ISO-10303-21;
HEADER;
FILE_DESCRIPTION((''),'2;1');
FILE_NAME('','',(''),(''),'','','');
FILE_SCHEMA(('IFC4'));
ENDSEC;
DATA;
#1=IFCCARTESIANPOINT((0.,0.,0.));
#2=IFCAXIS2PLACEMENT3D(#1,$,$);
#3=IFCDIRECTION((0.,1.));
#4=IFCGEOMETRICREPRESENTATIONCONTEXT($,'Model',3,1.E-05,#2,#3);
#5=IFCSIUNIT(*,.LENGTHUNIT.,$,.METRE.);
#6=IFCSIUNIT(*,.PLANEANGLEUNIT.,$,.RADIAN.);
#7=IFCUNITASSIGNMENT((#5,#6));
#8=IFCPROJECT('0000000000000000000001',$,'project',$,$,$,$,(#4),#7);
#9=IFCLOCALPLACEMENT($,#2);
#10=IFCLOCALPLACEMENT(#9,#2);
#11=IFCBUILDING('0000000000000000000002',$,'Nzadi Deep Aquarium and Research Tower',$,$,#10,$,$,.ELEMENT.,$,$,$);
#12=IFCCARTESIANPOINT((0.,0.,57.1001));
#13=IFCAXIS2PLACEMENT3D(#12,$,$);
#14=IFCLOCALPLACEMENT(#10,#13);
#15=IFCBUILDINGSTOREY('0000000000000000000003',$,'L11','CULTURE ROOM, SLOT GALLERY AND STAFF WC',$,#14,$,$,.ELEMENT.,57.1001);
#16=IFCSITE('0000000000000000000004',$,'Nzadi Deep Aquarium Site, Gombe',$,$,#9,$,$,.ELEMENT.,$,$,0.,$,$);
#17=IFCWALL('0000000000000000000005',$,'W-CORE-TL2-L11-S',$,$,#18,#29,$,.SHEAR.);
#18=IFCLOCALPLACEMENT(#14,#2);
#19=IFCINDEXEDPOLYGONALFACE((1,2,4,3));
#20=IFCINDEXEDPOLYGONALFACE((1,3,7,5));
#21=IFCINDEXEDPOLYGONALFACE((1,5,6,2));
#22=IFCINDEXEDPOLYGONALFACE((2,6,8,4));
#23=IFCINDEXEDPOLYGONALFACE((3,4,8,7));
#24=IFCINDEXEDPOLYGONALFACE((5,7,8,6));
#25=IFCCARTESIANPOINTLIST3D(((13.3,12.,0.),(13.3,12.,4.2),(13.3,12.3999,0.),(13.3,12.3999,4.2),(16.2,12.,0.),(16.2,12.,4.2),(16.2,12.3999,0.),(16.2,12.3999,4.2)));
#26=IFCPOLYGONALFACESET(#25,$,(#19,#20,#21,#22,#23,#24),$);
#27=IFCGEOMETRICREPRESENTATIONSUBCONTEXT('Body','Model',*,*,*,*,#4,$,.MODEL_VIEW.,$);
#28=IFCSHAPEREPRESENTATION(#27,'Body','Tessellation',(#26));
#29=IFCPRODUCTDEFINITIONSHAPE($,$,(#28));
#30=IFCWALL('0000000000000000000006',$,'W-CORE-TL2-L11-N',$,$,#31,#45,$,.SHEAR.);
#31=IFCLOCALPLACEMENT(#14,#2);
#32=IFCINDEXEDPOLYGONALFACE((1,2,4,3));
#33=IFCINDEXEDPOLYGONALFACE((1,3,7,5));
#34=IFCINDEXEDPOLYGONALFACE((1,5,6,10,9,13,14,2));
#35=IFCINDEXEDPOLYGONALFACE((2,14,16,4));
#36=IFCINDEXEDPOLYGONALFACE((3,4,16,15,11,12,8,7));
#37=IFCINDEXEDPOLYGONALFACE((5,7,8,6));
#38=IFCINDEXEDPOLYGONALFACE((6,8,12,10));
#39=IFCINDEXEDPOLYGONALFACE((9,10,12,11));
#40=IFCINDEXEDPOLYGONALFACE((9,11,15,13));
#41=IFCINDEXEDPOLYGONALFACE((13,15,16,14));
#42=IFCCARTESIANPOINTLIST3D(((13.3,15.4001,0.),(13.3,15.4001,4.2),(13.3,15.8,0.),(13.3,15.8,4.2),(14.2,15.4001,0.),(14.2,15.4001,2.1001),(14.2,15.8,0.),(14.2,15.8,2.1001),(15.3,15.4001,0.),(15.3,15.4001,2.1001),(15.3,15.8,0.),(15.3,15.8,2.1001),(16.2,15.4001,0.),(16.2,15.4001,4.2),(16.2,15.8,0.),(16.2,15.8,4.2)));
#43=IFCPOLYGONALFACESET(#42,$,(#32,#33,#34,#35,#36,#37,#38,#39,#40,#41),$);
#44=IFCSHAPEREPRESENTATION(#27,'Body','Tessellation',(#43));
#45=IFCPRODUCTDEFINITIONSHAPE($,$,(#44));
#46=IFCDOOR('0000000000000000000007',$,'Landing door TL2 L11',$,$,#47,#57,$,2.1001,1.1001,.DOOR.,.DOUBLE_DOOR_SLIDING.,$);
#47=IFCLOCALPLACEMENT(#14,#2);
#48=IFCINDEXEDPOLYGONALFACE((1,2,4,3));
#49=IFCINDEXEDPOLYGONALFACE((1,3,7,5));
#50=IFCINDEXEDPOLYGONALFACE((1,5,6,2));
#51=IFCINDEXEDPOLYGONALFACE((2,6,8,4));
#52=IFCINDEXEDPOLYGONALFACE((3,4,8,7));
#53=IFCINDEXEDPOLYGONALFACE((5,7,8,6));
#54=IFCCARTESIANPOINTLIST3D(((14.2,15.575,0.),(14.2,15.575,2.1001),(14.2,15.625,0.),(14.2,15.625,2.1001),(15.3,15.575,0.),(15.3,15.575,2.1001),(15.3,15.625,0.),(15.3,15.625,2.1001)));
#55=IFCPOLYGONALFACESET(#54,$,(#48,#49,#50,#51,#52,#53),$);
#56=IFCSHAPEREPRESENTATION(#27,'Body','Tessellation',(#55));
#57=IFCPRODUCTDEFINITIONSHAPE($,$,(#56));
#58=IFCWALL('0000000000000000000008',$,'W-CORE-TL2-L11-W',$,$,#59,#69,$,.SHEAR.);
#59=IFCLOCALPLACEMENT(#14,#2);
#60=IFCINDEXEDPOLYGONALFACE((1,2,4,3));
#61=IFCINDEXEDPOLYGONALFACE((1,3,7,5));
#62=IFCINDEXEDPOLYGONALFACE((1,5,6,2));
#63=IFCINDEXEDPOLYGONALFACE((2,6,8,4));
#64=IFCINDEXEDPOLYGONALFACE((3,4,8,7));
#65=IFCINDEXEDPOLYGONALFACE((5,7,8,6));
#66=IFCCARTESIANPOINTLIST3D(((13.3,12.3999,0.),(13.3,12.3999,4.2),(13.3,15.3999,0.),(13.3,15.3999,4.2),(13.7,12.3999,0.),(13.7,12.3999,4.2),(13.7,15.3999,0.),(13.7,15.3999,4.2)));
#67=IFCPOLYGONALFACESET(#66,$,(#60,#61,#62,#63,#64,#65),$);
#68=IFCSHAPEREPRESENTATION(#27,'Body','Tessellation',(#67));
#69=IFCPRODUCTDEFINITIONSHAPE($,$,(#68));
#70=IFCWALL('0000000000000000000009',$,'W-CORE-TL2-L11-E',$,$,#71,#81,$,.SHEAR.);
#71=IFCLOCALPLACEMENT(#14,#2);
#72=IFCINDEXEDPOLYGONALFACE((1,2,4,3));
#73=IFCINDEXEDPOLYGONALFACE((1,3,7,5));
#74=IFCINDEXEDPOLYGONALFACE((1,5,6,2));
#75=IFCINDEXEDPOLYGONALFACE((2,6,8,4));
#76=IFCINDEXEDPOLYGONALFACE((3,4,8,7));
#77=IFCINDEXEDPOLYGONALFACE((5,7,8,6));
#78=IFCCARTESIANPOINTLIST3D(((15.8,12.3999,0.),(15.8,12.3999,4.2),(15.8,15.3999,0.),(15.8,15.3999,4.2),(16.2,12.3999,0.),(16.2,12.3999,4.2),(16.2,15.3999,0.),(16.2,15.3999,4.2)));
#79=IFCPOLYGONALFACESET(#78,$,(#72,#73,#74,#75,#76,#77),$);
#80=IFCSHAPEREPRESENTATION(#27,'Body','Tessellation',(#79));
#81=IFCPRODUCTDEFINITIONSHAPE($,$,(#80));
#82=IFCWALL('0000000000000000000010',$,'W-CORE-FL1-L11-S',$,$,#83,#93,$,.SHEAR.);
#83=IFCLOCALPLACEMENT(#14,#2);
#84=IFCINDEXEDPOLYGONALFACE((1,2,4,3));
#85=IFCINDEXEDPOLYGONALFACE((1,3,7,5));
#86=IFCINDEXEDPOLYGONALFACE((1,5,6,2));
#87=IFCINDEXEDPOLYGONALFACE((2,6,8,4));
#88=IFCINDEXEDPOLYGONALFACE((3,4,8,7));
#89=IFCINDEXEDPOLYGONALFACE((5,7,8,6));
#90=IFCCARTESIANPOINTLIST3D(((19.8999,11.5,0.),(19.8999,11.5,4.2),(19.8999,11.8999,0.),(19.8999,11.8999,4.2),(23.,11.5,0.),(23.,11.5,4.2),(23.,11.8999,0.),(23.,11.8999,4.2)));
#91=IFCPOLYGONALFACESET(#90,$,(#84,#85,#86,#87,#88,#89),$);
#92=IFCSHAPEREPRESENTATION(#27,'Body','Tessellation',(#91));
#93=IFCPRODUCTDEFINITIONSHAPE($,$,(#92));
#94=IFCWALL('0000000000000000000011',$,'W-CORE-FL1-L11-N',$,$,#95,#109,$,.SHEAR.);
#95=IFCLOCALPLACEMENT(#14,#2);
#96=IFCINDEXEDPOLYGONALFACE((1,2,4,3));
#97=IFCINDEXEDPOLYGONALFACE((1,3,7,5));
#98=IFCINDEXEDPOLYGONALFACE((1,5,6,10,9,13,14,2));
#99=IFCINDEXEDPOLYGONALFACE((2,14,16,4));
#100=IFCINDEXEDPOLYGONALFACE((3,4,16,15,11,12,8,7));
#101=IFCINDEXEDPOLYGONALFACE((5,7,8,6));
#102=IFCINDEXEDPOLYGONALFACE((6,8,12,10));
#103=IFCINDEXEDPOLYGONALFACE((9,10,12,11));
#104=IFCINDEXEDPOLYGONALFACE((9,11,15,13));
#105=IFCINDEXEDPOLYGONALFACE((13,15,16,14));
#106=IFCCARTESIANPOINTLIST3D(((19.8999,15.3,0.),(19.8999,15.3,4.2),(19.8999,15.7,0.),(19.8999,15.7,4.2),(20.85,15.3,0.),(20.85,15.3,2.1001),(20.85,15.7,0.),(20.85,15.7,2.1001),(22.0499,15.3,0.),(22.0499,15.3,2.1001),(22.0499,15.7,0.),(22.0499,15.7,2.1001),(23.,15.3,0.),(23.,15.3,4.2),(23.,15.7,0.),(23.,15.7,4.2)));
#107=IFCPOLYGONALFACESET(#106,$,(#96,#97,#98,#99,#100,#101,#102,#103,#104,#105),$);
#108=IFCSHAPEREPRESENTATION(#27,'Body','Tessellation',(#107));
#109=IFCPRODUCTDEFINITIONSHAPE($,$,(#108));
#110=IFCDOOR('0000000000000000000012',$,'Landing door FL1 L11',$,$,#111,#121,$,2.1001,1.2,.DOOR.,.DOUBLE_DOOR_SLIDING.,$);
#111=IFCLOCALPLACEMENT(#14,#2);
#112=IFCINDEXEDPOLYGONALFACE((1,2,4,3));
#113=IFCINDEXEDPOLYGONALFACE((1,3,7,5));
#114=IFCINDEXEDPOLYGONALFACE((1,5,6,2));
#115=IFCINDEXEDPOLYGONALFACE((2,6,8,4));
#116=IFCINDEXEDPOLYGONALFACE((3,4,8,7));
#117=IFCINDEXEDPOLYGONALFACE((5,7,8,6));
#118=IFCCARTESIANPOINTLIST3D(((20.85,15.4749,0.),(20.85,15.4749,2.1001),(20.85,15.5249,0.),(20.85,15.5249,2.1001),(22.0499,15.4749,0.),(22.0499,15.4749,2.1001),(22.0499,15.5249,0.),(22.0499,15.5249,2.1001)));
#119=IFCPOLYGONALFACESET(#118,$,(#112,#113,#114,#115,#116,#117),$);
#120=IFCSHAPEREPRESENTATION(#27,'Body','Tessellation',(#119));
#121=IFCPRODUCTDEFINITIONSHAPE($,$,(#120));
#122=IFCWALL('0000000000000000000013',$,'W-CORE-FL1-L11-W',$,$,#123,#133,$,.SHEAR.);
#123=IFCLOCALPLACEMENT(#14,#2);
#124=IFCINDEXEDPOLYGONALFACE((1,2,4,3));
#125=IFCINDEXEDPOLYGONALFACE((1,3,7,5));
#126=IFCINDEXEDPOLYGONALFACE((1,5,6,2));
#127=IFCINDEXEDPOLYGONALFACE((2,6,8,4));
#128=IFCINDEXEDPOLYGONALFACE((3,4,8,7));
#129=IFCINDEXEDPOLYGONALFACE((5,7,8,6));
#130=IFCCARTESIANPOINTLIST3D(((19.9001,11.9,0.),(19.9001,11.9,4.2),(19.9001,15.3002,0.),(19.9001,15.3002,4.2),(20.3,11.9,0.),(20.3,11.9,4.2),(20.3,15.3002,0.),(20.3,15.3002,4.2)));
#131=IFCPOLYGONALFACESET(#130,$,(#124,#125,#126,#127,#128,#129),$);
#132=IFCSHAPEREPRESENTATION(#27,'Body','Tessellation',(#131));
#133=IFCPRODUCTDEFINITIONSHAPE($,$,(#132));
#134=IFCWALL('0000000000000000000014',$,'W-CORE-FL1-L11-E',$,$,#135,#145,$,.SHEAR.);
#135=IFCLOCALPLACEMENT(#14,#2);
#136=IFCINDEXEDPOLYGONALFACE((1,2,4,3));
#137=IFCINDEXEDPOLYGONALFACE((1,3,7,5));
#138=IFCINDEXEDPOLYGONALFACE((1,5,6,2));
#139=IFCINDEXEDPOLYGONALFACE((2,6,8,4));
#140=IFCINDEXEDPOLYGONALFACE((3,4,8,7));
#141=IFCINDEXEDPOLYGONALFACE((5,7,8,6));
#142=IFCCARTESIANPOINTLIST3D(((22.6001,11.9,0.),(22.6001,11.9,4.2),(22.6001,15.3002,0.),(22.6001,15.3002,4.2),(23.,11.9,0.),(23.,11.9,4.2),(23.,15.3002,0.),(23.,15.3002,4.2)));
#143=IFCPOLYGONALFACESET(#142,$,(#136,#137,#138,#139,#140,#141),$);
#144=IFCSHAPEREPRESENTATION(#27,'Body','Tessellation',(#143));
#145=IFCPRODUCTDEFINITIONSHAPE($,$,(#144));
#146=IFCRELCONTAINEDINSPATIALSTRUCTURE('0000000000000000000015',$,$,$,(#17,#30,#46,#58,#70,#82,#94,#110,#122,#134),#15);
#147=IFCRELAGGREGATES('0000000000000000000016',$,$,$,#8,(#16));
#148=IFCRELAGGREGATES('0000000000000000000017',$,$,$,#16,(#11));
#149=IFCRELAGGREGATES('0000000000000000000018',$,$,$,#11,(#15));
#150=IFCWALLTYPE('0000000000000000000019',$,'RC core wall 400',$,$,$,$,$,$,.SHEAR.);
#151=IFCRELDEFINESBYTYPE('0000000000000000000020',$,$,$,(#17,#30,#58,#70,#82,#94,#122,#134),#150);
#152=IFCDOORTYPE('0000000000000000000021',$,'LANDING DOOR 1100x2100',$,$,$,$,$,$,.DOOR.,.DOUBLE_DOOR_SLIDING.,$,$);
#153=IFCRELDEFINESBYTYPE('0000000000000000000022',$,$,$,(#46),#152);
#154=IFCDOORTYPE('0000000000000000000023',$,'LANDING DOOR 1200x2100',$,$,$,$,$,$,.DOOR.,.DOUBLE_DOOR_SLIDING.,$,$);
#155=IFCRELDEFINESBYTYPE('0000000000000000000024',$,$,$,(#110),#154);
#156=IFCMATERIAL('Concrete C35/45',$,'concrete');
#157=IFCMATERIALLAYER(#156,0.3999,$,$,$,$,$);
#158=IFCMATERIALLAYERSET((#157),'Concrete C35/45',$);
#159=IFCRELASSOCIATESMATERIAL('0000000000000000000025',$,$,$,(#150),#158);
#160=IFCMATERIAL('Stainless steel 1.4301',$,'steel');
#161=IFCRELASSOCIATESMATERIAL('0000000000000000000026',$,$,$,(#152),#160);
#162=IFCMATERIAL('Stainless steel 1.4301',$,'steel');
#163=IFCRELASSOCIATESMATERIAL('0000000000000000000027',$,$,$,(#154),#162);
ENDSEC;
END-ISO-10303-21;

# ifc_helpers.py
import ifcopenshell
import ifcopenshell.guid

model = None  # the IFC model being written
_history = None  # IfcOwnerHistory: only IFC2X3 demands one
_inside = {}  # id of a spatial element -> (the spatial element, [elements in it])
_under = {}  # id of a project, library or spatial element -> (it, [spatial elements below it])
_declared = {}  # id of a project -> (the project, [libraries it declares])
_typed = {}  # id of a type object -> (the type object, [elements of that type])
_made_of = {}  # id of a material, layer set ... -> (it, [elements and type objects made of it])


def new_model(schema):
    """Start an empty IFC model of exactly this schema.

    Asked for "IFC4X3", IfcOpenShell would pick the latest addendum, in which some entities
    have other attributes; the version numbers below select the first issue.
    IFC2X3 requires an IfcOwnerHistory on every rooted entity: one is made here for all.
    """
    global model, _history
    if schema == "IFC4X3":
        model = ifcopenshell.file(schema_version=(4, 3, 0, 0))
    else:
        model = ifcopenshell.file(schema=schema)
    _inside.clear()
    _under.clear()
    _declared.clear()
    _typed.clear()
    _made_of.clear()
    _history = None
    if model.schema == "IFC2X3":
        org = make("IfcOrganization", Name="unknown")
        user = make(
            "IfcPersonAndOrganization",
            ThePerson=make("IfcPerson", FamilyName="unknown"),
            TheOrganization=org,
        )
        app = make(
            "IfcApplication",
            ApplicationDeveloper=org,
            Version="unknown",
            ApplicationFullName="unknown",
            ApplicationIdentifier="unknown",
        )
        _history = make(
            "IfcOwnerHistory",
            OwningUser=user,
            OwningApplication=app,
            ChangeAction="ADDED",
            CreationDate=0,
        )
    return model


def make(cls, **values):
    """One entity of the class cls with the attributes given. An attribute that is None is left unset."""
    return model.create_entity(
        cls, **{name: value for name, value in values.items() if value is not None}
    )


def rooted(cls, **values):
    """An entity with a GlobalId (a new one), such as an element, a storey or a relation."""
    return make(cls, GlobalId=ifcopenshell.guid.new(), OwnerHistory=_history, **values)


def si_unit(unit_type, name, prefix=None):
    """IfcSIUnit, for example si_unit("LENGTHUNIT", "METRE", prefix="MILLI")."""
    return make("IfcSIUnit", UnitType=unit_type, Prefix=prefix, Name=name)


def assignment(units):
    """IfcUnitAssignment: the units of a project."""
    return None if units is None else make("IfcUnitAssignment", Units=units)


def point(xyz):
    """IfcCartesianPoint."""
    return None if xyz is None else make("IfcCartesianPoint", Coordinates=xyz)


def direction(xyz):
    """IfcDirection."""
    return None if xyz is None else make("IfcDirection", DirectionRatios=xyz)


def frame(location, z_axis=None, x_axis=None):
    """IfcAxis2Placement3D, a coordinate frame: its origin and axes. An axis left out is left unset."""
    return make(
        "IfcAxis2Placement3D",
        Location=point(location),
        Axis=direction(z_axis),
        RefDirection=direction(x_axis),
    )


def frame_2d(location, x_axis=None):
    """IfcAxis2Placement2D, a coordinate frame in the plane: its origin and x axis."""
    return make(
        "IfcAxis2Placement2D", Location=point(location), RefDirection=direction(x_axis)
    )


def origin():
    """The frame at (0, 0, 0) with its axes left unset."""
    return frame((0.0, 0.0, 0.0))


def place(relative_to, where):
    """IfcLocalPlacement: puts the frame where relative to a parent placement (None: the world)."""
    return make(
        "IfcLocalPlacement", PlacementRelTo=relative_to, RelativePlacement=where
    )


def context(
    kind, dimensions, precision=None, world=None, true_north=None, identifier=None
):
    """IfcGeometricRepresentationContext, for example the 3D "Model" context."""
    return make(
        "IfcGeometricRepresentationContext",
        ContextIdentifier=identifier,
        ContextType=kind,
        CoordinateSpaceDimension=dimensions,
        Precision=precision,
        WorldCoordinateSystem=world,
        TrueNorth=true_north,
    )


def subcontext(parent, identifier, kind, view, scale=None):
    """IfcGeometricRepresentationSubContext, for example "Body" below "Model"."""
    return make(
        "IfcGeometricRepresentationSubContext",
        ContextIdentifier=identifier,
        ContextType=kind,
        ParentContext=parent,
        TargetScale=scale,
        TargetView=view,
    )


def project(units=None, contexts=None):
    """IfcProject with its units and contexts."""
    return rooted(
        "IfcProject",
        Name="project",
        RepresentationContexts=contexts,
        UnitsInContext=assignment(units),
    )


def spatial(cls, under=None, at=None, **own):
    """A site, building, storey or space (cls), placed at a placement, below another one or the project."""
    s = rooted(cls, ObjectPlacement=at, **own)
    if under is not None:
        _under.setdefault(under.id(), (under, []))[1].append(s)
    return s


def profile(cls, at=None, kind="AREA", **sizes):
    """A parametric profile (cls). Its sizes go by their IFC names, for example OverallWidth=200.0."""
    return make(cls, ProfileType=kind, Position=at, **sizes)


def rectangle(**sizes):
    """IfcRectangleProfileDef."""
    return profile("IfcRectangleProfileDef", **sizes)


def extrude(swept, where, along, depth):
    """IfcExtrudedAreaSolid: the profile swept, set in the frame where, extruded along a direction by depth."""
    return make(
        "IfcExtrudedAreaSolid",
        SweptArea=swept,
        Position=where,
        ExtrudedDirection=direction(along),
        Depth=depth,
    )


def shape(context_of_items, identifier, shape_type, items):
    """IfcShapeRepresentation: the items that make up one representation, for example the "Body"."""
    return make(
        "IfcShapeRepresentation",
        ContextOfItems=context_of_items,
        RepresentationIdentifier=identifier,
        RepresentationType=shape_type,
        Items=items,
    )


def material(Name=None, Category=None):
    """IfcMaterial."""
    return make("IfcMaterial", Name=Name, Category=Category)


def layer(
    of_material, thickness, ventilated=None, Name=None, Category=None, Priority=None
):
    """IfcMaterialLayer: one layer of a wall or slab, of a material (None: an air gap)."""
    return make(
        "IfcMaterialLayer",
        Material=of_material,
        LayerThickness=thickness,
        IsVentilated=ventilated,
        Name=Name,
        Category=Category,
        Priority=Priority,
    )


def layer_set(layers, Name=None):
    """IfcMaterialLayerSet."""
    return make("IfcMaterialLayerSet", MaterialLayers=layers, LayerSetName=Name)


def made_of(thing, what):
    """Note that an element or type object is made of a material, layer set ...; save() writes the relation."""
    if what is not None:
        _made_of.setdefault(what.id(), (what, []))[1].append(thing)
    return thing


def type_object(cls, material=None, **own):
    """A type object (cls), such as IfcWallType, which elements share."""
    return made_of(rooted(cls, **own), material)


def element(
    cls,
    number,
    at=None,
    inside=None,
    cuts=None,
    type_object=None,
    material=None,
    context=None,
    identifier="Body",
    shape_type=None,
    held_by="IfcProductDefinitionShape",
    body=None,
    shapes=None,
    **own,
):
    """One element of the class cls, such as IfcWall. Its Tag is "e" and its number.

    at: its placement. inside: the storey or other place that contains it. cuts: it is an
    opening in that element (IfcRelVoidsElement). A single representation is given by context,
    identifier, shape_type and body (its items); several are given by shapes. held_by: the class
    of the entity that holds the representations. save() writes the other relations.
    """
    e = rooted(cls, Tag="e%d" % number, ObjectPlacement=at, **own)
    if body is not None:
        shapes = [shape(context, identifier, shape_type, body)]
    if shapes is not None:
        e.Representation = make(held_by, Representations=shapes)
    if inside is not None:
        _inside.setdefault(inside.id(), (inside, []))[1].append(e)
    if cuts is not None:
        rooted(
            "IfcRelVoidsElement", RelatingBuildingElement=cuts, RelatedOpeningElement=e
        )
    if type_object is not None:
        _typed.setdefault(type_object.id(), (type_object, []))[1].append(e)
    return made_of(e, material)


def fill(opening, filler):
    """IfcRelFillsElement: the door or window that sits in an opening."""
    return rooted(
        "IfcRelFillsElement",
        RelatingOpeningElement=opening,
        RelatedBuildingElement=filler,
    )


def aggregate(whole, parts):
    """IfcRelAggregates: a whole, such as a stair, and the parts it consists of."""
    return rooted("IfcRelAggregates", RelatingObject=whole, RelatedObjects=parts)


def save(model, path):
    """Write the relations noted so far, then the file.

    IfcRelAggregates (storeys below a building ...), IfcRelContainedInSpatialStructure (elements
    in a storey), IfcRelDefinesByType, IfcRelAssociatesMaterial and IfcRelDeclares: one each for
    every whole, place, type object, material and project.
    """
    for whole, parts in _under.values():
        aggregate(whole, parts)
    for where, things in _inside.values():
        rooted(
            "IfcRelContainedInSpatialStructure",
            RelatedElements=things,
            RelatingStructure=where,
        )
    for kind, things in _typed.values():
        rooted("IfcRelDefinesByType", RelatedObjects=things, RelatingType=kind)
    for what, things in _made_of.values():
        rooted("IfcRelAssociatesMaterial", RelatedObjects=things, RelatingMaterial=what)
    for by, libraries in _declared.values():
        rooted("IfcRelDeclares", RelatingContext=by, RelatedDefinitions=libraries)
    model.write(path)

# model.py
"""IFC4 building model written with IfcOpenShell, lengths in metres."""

from ifc_helpers import new_model, si_unit, direction, frame, frame_2d, origin, place, context, subcontext, project, spatial, rectangle, extrude, material, layer, layer_set, type_object, element, fill, save


model = new_model("IFC4")

# Units and contexts
model_context = context("Model", 3, precision=1e-05, world=origin(), true_north=direction((0.0, 1.0)))
body_context = subcontext(model_context, "Body", "Model", "MODEL_VIEW")
ifc_project = project(units=[si_unit("LENGTHUNIT", "METRE"), si_unit("PLANEANGLEUNIT", "RADIAN")], contexts=[model_context])

# Site, building, storey
site_placement = place(None, origin())
site = spatial("IfcSite", under=ifc_project, at=site_placement, Name="Nzadi Deep Aquarium Site, Gombe", CompositionType="ELEMENT", RefElevation=0.0)
building_placement = place(site_placement, origin())
building = spatial("IfcBuilding", under=site, at=building_placement, Name="Nzadi Deep Aquarium and Research Tower", CompositionType="ELEMENT")
storey_placement = place(building_placement, frame((0.0, 0.0, 57.1001)))
storey = spatial("IfcBuildingStorey", under=building, at=storey_placement, Name="L11", Description="CULTURE ROOM, SLOT GALLERY AND STAFF WC", CompositionType="ELEMENT", Elevation=57.1001)

# Shared definitions
ifc_material_1 = material(Name="Concrete C35/45", Category="concrete")
ifc_layer_1 = layer(ifc_material_1, 0.3999)
ifc_layer_set_1 = layer_set([ifc_layer_1], Name="Concrete C35/45")
wall_type_1 = type_object("IfcWallType", Name="RC core wall 400", PredefinedType="SHEAR", material=ifc_layer_set_1)

# Shared definitions
ifc_material_2 = material(Name="Stainless steel 1.4301", Category="steel")
door_type_1 = type_object("IfcDoorType", Name="LANDING DOOR 1100x2100", OperationType="DOUBLE_DOOR_SLIDING", PredefinedType="DOOR", material=ifc_material_2)

# Wall
wall_1_placement = place(storey_placement, frame((13.3, 12.2, 0.0), z_axis=(0.0, 0.0, 1.0), x_axis=(1.0, 0.0, 0.0)))
element("IfcWall", 1, at=wall_1_placement, inside=storey, type_object=wall_type_1, Name="W-CORE-TL2-L11-S", PredefinedType="SHEAR", context=body_context, shape_type="SweptSolid", body=[
    extrude(rectangle(XDim=2.8999, YDim=0.3999, at=frame_2d((1.45, 0.0))), origin(), (0.0, 0.0, 1.0), 4.2),
])

# Wall, opening, door
wall_2_placement = place(storey_placement, frame((13.3, 15.6001, 0.0), z_axis=(0.0, 0.0, 1.0), x_axis=(1.0, 0.0, 0.0)))
wall_2 = element("IfcWall", 2, at=wall_2_placement, inside=storey, type_object=wall_type_1, Name="W-CORE-TL2-L11-N", PredefinedType="SHEAR", context=body_context, shape_type="SweptSolid", body=[
    extrude(rectangle(XDim=2.8999, YDim=0.3999, at=frame_2d((1.45, 0.0))), origin(), (0.0, 0.0, 1.0), 4.2),
])
opening_1_placement = place(wall_2_placement, frame((0.8999, 0.0, 0.0)))
opening_1 = element("IfcOpeningElement", 3, at=opening_1_placement, cuts=wall_2, PredefinedType="OPENING", context=body_context, shape_type="SweptSolid", body=[
    extrude(rectangle(XDim=1.1001, YDim=2.1001, at=frame_2d((0.55, 1.05))), frame((0.0, 0.21, 0.0), z_axis=(0.0, -1.0, 0.0), x_axis=(1.0, 0.0, 0.0)), (0.0, 0.0, 1.0), 0.4199),
])
door_1_placement = place(opening_1_placement, origin())
door_1 = element("IfcDoor", 4, at=door_1_placement, inside=storey, type_object=door_type_1, Name="Landing door TL2 L11", OperationType="DOUBLE_DOOR_SLIDING", OverallHeight=2.1001, OverallWidth=1.1001, PredefinedType="DOOR", context=body_context, shape_type="SweptSolid", body=[
    extrude(rectangle(XDim=1.1001, YDim=2.1001, at=frame_2d((0.55, 1.05))), frame((0.0, 0.0249, 0.0), z_axis=(0.0, -1.0, 0.0), x_axis=(1.0, 0.0, 0.0)), (0.0, 0.0, 1.0), 0.05),
])
fill(opening_1, door_1)

# Walls
for number, where, z_axis, x_axis, name in (
    (5, (13.5, 12.3999, 0.0), (0.0, 0.0, 1.0), (0.0, 1.0, 0.0), "W-CORE-TL2-L11-W"),
    (6, (16.0, 12.3999, 0.0), (0.0, 0.0, 1.0), (0.0, 1.0, 0.0), "W-CORE-TL2-L11-E"),
):
    element("IfcWall", number, at=place(storey_placement, frame(where, z_axis=z_axis, x_axis=x_axis)), inside=storey, type_object=wall_type_1, Name=name, PredefinedType="SHEAR", context=body_context, shape_type="SweptSolid", body=[
        extrude(rectangle(XDim=3.0, YDim=0.3999, at=frame_2d((1.5, 0.0))), origin(), (0.0, 0.0, 1.0), 4.2),
    ])
wall_3_placement = place(storey_placement, frame((19.8999, 11.7, 0.0), z_axis=(0.0, 0.0, 1.0), x_axis=(1.0, 0.0, 0.0)))
element("IfcWall", 7, at=wall_3_placement, inside=storey, type_object=wall_type_1, Name="W-CORE-FL1-L11-S", PredefinedType="SHEAR", context=body_context, shape_type="SweptSolid", body=[
    extrude(rectangle(XDim=3.1001, YDim=0.3999, at=frame_2d((1.55, 0.0))), origin(), (0.0, 0.0, 1.0), 4.2),
])

# Wall, opening, door
wall_4_placement = place(storey_placement, frame((19.8999, 15.5, 0.0), z_axis=(0.0, 0.0, 1.0), x_axis=(1.0, 0.0, 0.0)))
wall_4 = element("IfcWall", 8, at=wall_4_placement, inside=storey, type_object=wall_type_1, Name="W-CORE-FL1-L11-N", PredefinedType="SHEAR", context=body_context, shape_type="SweptSolid", body=[
    extrude(rectangle(XDim=3.1001, YDim=0.3999, at=frame_2d((1.55, 0.0))), origin(), (0.0, 0.0, 1.0), 4.2),
])
opening_2_placement = place(wall_4_placement, frame((0.95, 0.0, 0.0)))
opening_2 = element("IfcOpeningElement", 9, at=opening_2_placement, cuts=wall_4, PredefinedType="OPENING", context=body_context, shape_type="SweptSolid", body=[
    extrude(rectangle(XDim=1.2, YDim=2.1001, at=frame_2d((0.6001, 1.05))), frame((0.0, 0.21, 0.0), z_axis=(0.0, -1.0, 0.0), x_axis=(1.0, 0.0, 0.0)), (0.0, 0.0, 1.0), 0.4199),
])
ifc_material_3 = material(Name="Stainless steel 1.4301", Category="steel")
door_type_2 = type_object("IfcDoorType", Name="LANDING DOOR 1200x2100", OperationType="DOUBLE_DOOR_SLIDING", PredefinedType="DOOR", material=ifc_material_3)
door_2_placement = place(opening_2_placement, origin())
door_2 = element("IfcDoor", 10, at=door_2_placement, inside=storey, type_object=door_type_2, Name="Landing door FL1 L11", OperationType="DOUBLE_DOOR_SLIDING", OverallHeight=2.1001, OverallWidth=1.2, PredefinedType="DOOR", context=body_context, shape_type="SweptSolid", body=[
    extrude(rectangle(XDim=1.2, YDim=2.1001, at=frame_2d((0.6001, 1.05))), frame((0.0, 0.0249, 0.0), z_axis=(0.0, -1.0, 0.0), x_axis=(1.0, 0.0, 0.0)), (0.0, 0.0, 1.0), 0.05),
])
fill(opening_2, door_2)

# Walls
for number, where, z_axis, x_axis, name in (
    (11, (20.1001, 11.8999, 0.0), (0.0, 0.0, 1.0), (0.0, 1.0, 0.0), "W-CORE-FL1-L11-W"),
    (12, (22.8, 11.8999, 0.0), (0.0, 0.0, 1.0), (0.0, 1.0, 0.0), "W-CORE-FL1-L11-E"),
):
    element("IfcWall", number, at=place(storey_placement, frame(where, z_axis=z_axis, x_axis=x_axis)), inside=storey, type_object=wall_type_1, Name=name, PredefinedType="SHEAR", context=body_context, shape_type="SweptSolid", body=[
        extrude(rectangle(XDim=3.4001, YDim=0.3999, at=frame_2d((1.7002, 0.0))), origin(), (0.0, 0.0, 1.0), 4.2),
    ])

save(model, "model.ifc")
